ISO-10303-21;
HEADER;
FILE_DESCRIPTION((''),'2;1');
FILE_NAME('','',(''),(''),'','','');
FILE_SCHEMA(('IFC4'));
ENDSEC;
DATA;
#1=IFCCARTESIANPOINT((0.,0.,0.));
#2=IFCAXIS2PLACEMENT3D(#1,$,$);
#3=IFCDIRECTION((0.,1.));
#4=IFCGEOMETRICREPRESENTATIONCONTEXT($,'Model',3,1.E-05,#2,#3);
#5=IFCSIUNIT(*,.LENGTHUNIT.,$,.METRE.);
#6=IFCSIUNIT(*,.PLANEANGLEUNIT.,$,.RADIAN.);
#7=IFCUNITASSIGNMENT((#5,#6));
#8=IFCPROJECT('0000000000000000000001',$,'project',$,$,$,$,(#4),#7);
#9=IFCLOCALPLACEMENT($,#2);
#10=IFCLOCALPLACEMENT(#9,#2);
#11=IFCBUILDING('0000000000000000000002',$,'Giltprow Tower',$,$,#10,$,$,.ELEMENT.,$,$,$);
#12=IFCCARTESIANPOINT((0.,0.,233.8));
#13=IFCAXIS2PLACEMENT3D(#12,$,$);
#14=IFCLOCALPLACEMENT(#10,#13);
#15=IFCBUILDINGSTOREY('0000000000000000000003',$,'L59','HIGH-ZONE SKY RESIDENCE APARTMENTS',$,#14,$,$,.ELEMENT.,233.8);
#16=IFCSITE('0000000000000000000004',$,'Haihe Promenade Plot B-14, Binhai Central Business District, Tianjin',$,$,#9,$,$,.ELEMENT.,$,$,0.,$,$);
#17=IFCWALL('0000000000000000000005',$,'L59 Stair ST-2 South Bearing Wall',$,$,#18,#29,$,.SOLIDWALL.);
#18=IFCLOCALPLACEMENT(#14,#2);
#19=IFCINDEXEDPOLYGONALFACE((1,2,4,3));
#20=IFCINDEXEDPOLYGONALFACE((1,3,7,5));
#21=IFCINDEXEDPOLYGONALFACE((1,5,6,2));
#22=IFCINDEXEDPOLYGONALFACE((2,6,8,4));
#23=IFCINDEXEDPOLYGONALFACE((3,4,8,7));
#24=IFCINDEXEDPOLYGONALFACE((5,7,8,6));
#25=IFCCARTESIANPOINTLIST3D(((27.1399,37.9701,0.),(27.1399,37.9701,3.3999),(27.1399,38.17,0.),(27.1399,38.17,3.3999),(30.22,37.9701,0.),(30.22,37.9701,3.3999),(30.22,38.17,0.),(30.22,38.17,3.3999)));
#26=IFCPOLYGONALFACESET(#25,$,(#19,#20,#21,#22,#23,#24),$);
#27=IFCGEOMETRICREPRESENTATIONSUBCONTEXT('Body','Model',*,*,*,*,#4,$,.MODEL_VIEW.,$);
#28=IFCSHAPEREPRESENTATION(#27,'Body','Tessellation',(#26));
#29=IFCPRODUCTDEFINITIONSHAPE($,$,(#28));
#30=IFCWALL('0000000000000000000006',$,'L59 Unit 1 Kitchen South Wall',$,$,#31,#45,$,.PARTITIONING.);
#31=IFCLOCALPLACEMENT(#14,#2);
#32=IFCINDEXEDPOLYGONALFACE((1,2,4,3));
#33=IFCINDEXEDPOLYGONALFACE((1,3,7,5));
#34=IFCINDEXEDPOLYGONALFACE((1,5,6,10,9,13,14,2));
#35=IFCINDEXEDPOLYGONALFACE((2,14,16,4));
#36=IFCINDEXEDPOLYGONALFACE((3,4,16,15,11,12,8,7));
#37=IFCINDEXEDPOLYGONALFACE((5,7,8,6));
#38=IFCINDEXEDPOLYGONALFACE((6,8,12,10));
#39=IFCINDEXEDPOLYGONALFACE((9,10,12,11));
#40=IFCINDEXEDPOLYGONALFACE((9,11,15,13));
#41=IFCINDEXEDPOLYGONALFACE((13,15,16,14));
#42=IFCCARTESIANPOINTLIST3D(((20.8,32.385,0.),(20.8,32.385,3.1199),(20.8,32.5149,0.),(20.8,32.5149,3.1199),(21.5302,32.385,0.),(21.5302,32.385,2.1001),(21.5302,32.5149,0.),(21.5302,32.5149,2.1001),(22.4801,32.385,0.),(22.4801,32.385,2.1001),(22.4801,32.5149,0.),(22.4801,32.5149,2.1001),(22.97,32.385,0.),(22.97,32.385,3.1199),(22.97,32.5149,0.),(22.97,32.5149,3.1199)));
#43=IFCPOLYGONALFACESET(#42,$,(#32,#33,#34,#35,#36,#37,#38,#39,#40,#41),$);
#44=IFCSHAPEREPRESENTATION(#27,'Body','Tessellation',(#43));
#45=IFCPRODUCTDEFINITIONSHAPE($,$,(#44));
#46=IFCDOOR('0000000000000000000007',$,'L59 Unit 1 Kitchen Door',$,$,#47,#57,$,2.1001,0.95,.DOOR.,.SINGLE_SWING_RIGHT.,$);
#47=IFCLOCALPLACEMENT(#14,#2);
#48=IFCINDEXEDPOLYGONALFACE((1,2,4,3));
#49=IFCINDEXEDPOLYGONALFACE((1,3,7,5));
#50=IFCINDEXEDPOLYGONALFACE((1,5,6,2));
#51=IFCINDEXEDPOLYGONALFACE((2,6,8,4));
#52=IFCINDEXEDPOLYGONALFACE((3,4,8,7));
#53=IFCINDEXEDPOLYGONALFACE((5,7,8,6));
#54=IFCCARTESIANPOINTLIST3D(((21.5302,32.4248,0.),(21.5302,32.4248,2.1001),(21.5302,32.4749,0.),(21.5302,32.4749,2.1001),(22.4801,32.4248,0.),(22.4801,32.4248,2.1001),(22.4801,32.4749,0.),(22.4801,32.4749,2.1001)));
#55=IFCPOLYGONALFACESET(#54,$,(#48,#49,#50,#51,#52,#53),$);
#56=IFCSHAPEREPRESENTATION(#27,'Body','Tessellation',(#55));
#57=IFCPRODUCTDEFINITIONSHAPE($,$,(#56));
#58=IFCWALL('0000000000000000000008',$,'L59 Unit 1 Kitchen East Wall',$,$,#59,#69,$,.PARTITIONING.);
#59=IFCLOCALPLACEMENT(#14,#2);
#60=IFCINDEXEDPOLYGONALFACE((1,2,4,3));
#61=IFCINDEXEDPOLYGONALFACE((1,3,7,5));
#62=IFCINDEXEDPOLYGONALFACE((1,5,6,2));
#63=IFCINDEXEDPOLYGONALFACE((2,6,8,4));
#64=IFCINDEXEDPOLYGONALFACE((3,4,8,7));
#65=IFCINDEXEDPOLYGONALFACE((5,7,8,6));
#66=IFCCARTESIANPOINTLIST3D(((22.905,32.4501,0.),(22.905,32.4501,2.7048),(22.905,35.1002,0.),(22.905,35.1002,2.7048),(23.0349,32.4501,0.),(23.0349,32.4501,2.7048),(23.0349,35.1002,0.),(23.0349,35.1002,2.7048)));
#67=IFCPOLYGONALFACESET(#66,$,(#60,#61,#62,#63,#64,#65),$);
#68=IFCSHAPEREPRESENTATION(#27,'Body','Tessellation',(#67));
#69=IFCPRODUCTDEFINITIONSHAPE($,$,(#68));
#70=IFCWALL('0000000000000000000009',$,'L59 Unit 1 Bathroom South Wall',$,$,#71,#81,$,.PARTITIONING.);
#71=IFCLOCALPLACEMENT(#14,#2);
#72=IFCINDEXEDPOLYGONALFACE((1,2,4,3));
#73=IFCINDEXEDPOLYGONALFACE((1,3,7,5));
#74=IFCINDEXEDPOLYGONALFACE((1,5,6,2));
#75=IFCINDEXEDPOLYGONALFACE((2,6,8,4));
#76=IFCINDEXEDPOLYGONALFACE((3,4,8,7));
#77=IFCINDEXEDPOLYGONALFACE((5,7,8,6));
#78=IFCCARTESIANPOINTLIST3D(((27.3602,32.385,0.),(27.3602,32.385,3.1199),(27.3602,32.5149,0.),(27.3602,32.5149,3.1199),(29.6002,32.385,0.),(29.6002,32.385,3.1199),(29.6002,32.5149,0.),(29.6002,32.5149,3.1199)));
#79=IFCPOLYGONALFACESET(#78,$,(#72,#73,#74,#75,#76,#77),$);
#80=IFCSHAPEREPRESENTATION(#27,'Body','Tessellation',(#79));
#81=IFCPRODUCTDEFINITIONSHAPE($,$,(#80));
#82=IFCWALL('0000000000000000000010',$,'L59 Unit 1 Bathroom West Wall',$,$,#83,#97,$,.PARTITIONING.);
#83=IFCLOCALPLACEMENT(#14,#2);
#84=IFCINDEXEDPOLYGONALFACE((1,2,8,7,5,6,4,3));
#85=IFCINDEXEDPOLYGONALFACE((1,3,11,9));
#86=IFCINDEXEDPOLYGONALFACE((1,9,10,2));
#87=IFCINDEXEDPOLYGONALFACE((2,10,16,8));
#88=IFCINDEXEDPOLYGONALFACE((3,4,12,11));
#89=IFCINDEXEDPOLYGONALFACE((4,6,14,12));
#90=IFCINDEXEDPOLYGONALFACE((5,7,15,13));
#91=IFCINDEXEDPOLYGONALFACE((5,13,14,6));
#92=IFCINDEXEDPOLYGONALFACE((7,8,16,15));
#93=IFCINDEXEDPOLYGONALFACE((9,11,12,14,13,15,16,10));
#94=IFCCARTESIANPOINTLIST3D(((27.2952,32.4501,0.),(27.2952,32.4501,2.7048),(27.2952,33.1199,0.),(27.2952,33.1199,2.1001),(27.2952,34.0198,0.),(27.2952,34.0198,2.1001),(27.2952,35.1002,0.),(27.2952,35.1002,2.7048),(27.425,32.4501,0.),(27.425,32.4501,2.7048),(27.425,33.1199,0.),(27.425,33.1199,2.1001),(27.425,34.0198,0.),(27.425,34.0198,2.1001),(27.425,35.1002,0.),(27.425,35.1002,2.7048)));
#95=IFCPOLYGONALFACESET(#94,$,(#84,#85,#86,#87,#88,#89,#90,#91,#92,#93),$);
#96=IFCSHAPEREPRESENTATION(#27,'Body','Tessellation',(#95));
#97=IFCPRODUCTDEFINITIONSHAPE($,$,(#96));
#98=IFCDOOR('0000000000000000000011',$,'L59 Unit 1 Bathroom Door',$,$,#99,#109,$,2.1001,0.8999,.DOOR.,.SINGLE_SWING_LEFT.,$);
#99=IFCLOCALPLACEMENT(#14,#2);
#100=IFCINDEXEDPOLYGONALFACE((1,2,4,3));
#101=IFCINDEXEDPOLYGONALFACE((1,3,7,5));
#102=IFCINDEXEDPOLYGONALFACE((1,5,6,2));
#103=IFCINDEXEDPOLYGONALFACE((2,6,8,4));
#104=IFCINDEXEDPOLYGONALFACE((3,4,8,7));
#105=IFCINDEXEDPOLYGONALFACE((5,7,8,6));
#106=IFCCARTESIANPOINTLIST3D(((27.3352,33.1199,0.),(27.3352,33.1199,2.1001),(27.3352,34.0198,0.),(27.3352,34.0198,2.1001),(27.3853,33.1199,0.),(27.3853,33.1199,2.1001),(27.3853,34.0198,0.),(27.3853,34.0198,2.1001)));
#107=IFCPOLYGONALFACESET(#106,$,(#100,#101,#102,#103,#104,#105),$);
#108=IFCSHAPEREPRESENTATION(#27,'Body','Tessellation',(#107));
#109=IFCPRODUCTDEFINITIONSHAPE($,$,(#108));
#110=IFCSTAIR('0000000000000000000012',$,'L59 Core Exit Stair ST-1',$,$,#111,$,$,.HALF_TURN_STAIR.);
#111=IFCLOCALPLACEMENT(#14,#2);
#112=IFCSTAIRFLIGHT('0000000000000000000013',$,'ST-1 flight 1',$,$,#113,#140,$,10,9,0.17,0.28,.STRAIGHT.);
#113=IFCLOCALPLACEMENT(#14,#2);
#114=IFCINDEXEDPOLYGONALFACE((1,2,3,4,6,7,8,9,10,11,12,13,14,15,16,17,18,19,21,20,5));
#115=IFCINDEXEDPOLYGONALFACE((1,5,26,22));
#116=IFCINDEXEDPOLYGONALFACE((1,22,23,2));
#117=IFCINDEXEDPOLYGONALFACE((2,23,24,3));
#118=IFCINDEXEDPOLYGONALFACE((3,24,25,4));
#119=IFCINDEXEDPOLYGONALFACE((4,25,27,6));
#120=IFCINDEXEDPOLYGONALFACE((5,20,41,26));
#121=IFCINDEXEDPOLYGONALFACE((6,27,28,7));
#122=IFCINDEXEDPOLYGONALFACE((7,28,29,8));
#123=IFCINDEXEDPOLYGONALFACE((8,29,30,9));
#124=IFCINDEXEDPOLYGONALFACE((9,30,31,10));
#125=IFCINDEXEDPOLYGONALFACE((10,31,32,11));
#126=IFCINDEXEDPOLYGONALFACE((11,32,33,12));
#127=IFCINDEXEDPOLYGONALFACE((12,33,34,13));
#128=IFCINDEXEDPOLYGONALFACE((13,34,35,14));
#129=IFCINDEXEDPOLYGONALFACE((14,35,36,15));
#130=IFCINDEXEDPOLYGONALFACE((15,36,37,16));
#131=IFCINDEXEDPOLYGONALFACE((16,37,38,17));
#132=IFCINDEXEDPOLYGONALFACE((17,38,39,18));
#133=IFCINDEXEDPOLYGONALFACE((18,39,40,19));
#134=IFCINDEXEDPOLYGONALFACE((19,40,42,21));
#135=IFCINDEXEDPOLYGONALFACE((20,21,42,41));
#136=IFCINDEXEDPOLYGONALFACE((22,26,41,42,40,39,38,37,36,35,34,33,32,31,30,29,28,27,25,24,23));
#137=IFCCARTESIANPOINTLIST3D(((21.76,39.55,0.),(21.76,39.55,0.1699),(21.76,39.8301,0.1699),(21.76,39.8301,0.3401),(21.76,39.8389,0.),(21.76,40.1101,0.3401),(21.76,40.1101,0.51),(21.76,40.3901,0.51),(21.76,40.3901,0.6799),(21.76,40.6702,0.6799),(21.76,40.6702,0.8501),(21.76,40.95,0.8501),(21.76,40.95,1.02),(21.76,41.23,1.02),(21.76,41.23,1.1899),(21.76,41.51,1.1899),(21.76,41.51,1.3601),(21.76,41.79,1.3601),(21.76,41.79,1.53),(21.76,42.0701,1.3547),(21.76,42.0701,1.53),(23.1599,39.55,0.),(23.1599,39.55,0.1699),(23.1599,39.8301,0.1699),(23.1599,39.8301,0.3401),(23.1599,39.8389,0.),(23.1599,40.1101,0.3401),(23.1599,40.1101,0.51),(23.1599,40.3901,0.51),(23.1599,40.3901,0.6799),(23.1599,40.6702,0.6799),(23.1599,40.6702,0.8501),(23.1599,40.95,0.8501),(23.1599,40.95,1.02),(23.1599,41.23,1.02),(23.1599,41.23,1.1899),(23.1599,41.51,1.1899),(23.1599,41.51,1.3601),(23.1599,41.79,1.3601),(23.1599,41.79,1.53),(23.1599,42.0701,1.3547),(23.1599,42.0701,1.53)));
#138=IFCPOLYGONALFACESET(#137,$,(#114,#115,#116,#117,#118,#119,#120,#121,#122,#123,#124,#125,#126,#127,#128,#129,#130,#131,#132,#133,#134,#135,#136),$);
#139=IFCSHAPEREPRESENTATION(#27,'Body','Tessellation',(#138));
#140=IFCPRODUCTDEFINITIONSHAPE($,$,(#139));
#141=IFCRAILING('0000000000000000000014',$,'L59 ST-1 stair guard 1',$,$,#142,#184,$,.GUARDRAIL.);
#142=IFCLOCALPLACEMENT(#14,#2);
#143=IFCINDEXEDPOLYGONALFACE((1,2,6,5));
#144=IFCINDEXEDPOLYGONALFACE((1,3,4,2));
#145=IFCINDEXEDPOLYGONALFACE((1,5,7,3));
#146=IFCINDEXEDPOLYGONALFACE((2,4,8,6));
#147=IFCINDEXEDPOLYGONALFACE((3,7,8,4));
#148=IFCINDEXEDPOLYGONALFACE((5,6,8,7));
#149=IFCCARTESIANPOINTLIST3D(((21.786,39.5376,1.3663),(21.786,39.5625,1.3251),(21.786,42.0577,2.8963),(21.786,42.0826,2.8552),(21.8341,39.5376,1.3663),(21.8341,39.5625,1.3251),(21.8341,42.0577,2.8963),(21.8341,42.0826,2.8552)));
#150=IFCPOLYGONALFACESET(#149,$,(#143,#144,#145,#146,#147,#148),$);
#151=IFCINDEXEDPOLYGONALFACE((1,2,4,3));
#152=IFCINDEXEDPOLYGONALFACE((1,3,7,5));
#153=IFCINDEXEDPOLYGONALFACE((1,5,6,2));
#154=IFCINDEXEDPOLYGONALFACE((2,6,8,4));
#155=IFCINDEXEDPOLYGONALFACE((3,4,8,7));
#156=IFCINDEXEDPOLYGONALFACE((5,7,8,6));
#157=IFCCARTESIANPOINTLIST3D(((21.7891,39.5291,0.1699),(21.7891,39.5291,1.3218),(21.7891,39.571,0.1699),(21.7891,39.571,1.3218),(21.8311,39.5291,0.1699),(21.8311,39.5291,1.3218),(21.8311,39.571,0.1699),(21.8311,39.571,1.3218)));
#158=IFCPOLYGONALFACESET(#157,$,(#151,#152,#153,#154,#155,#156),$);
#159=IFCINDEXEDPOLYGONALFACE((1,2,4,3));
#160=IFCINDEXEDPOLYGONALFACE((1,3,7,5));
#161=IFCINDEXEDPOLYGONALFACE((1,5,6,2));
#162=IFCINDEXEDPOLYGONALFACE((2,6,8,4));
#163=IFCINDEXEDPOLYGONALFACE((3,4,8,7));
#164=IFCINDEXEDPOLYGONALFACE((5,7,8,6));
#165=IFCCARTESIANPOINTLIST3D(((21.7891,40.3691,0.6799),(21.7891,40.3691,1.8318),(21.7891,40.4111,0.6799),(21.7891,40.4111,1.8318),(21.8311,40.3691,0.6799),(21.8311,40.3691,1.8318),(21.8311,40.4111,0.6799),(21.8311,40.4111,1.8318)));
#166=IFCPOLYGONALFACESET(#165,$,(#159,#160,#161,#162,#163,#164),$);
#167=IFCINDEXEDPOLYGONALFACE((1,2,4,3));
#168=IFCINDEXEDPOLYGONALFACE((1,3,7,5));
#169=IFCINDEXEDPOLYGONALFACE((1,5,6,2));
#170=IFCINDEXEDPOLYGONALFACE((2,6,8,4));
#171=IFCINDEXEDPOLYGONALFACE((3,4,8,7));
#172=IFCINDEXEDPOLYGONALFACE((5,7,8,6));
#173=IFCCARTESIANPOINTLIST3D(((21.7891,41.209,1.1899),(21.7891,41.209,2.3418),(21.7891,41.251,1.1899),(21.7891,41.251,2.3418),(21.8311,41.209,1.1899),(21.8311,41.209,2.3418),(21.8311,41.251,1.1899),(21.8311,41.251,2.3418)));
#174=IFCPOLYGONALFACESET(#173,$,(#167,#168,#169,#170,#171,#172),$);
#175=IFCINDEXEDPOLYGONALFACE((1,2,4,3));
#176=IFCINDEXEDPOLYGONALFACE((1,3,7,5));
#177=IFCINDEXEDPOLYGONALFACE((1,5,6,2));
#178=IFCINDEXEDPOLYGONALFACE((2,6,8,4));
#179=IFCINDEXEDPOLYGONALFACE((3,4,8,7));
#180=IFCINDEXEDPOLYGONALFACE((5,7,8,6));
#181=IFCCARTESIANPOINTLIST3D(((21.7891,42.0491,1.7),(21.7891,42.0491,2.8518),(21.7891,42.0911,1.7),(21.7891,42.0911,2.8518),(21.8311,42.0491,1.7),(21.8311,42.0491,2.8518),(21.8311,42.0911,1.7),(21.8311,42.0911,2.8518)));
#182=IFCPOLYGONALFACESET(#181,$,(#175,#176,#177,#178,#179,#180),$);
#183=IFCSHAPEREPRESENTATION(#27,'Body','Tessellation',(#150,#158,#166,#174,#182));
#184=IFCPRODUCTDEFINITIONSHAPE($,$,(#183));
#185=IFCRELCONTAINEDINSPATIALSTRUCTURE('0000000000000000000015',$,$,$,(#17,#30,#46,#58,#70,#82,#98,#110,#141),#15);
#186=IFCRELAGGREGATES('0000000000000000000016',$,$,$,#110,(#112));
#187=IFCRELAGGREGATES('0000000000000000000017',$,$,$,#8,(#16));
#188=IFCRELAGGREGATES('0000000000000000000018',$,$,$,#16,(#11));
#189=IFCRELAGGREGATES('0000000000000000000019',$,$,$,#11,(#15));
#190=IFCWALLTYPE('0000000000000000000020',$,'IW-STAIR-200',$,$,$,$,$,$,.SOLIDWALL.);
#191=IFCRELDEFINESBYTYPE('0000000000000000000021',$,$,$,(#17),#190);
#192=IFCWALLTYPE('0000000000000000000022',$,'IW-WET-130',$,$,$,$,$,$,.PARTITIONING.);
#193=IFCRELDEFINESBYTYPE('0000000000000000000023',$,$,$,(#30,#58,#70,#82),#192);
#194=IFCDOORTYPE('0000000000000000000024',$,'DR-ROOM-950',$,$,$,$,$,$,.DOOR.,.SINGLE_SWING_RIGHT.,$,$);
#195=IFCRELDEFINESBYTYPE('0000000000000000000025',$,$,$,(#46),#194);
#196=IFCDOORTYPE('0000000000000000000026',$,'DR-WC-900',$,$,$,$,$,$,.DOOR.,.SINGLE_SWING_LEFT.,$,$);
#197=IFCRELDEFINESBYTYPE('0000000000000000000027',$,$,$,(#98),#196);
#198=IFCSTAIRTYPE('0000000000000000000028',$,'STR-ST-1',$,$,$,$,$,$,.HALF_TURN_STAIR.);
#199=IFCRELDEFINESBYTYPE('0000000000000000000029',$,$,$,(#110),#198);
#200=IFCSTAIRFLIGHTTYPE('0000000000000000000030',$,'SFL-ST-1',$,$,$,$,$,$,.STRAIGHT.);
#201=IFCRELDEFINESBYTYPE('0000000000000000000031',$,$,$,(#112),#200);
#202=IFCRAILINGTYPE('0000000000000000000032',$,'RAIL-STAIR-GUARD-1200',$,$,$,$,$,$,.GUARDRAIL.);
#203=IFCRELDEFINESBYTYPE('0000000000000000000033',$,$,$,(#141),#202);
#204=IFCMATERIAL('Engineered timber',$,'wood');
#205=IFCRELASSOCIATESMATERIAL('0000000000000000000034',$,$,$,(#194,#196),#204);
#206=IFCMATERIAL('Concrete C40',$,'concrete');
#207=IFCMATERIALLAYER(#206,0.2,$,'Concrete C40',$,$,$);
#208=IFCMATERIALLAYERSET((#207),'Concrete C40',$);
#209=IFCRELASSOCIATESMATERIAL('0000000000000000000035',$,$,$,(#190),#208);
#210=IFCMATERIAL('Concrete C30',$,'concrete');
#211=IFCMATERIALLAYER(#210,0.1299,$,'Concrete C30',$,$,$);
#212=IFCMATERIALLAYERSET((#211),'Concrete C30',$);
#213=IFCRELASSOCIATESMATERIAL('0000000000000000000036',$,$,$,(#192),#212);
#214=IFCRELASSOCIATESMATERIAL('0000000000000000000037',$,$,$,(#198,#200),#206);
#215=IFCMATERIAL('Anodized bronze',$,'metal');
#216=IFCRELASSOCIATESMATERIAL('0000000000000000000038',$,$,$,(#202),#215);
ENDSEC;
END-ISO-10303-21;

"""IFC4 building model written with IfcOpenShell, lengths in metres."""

from ifc_helpers import new_model, si_unit, direction, frame, frame_2d, origin, origin_2d, place, context, subcontext, project, spatial, polyline, rectangle, outline, extrude, source, transform, mapped, material, layer, layer_set, type_object, element, fill, aggregate, save


model = new_model("IFC4")

# Units and contexts
model_context = context("Model", 3, precision=1e-05, world=origin(), true_north=direction((0.0, 1.0)))
body_context = subcontext(model_context, "Body", "Model", "MODEL_VIEW")
ifc_project = project(units=[si_unit("LENGTHUNIT", "METRE"), si_unit("PLANEANGLEUNIT", "RADIAN")], contexts=[model_context])

# Site, building, storey
site_placement = place(None, origin())
site = spatial("IfcSite", under=ifc_project, at=site_placement, Name="Haihe Promenade Plot B-14, Binhai Central Business District, Tianjin", CompositionType="ELEMENT", RefElevation=0.0)
building_placement = place(site_placement, origin())
building = spatial("IfcBuilding", under=site, at=building_placement, Name="Giltprow Tower", CompositionType="ELEMENT")
storey_placement = place(building_placement, frame((0.0, 0.0, 233.8)))
storey = spatial("IfcBuildingStorey", under=building, at=storey_placement, Name="L59", Description="HIGH-ZONE SKY RESIDENCE APARTMENTS", CompositionType="ELEMENT", Elevation=233.8)

# Shared definitions
ifc_material_1 = material(Name="Engineered timber", Category="wood")
door_type_1 = type_object("IfcDoorType", Name="DR-ROOM-950", OperationType="SINGLE_SWING_RIGHT", PredefinedType="DOOR", material=ifc_material_1)
shared_shape_1 = source(origin(), body_context, "Body", "SweptSolid", [
    extrude(rectangle(XDim=0.95, YDim=2.1001, at=frame_2d((0.4751, 1.05))), frame((0.0, 0.0249, 0.0), z_axis=(0.0, -1.0, 0.0), x_axis=(1.0, 0.0, 0.0)), (0.0, 0.0, 1.0), 0.05),
])
ifc_material_2 = material(Name="Concrete C40", Category="concrete")
ifc_layer_1 = layer(ifc_material_2, 0.2, Name="Concrete C40")
ifc_layer_set_1 = layer_set([ifc_layer_1], Name="Concrete C40")
wall_type_1 = type_object("IfcWallType", Name="IW-STAIR-200", PredefinedType="SOLIDWALL", material=ifc_layer_set_1)

# Wall
wall_1_placement = place(storey_placement, frame((27.1399, 38.0701, 0.0), z_axis=(0.0, 0.0, 1.0), x_axis=(1.0, 0.0, 0.0)))
element("IfcWall", 1, at=wall_1_placement, inside=storey, type_object=wall_type_1, Name="L59 Stair ST-2 South Bearing Wall", PredefinedType="SOLIDWALL", context=body_context, shape_type="SweptSolid", body=[
    extrude(rectangle(XDim=3.0801, YDim=0.2, at=frame_2d((1.54, 0.0))), origin(), (0.0, 0.0, 1.0), 3.3999),
])

# Wall, opening, door
ifc_material_3 = material(Name="Concrete C30", Category="concrete")
ifc_layer_2 = layer(ifc_material_3, 0.1299, Name="Concrete C30")
ifc_layer_set_2 = layer_set([ifc_layer_2], Name="Concrete C30")
wall_type_2 = type_object("IfcWallType", Name="IW-WET-130", PredefinedType="PARTITIONING", material=ifc_layer_set_2)
wall_2_placement = place(storey_placement, frame((20.8, 32.45, 0.0), z_axis=(0.0, 0.0, 1.0), x_axis=(1.0, 0.0, 0.0)))
wall_2 = element("IfcWall", 2, at=wall_2_placement, inside=storey, type_object=wall_type_2, Name="L59 Unit 1 Kitchen South Wall", PredefinedType="PARTITIONING", context=body_context, shape_type="SweptSolid", body=[
    extrude(rectangle(XDim=2.1699, YDim=0.1299, at=frame_2d((1.085, 0.0))), origin(), (0.0, 0.0, 1.0), 3.1199),
])
opening_1_placement = place(wall_2_placement, frame((0.73, 0.0, 0.0)))
opening_1 = element("IfcOpeningElement", 3, at=opening_1_placement, cuts=wall_2, PredefinedType="OPENING", context=body_context, shape_type="SweptSolid", body=[
    extrude(rectangle(XDim=0.95, YDim=2.1001, at=frame_2d((0.4751, 1.05))), frame((0.0, 0.075, 0.0), z_axis=(0.0, -1.0, 0.0), x_axis=(1.0, 0.0, 0.0)), (0.0, 0.0, 1.0), 0.1499),
])
door_1_placement = place(opening_1_placement, origin())
door_1 = element("IfcDoor", 4, at=door_1_placement, inside=storey, type_object=door_type_1, Name="L59 Unit 1 Kitchen Door", OperationType="SINGLE_SWING_RIGHT", OverallHeight=2.1001, OverallWidth=0.95, PredefinedType="DOOR", context=body_context, shape_type="MappedRepresentation", body=[
    mapped(shared_shape_1, transform((0.0, 0.0, 0.0), x_axis=(1.0, 0.0, 0.0), y_axis=(0.0, 1.0, 0.0), z_axis=(0.0, 0.0, 1.0), scale=1.0)),
])
fill(opening_1, door_1)

# Walls
wall_3_placement = place(storey_placement, frame((22.97, 32.45, 0.0), z_axis=(0.0, 0.0, 1.0), x_axis=(0.0, 1.0, 0.0)))
element("IfcWall", 5, at=wall_3_placement, inside=storey, type_object=wall_type_2, Name="L59 Unit 1 Kitchen East Wall", PredefinedType="PARTITIONING", context=body_context, shape_type="SweptSolid", body=[
    extrude(rectangle(XDim=2.6501, YDim=0.1299, at=frame_2d((1.3252, 0.0))), origin(), (0.0, 0.0, 1.0), 2.7048),
])
wall_4_placement = place(storey_placement, frame((27.3601, 32.45, 0.0), z_axis=(0.0, 0.0, 1.0), x_axis=(1.0, 0.0, 0.0)))
element("IfcWall", 6, at=wall_4_placement, inside=storey, type_object=wall_type_2, Name="L59 Unit 1 Bathroom South Wall", PredefinedType="PARTITIONING", context=body_context, shape_type="SweptSolid", body=[
    extrude(rectangle(XDim=2.24, YDim=0.1299, at=frame_2d((1.1201, 0.0))), origin(), (0.0, 0.0, 1.0), 3.1199),
])

# Wall, opening, door
wall_5_placement = place(storey_placement, frame((27.3601, 32.45, 0.0), z_axis=(0.0, 0.0, 1.0), x_axis=(0.0, 1.0, 0.0)))
wall_5 = element("IfcWall", 7, at=wall_5_placement, inside=storey, type_object=wall_type_2, Name="L59 Unit 1 Bathroom West Wall", PredefinedType="PARTITIONING", context=body_context, shape_type="SweptSolid", body=[
    extrude(rectangle(XDim=2.6501, YDim=0.1299, at=frame_2d((1.3252, 0.0))), origin(), (0.0, 0.0, 1.0), 2.7048),
])
opening_2_placement = place(wall_5_placement, frame((0.6699, 0.0, 0.0)))
opening_2 = element("IfcOpeningElement", 8, at=opening_2_placement, cuts=wall_5, PredefinedType="OPENING", context=body_context, shape_type="SweptSolid", body=[
    extrude(rectangle(XDim=0.8999, YDim=2.1001, at=frame_2d((0.45, 1.05))), frame((0.0, 0.075, 0.0), z_axis=(0.0, -1.0, 0.0), x_axis=(1.0, 0.0, 0.0)), (0.0, 0.0, 1.0), 0.1499),
])
door_type_2 = type_object("IfcDoorType", Name="DR-WC-900", OperationType="SINGLE_SWING_LEFT", PredefinedType="DOOR", material=ifc_material_1)
shared_shape_2 = source(origin(), body_context, "Body", "SweptSolid", [
    extrude(rectangle(XDim=0.8999, YDim=2.1001, at=frame_2d((0.45, 1.05))), frame((0.0, 0.0249, 0.0), z_axis=(0.0, -1.0, 0.0), x_axis=(1.0, 0.0, 0.0)), (0.0, 0.0, 1.0), 0.05),
])
door_2_placement = place(opening_2_placement, origin())
door_2 = element("IfcDoor", 9, at=door_2_placement, inside=storey, type_object=door_type_2, Name="L59 Unit 1 Bathroom Door", OperationType="SINGLE_SWING_LEFT", OverallHeight=2.1001, OverallWidth=0.8999, PredefinedType="DOOR", context=body_context, shape_type="MappedRepresentation", body=[
    mapped(shared_shape_2, transform((0.0, 0.0, 0.0), x_axis=(1.0, 0.0, 0.0), y_axis=(0.0, 1.0, 0.0), z_axis=(0.0, 0.0, 1.0), scale=1.0)),
])
fill(opening_2, door_2)

# Stair, stair flight
stair_type = type_object("IfcStairType", Name="STR-ST-1", PredefinedType="HALF_TURN_STAIR", material=ifc_material_2)
stair_placement = place(storey_placement, origin())
stair = element("IfcStair", 10, at=stair_placement, inside=storey, type_object=stair_type, Name="L59 Core Exit Stair ST-1", PredefinedType="HALF_TURN_STAIR")
stair_flight_type = type_object("IfcStairFlightType", Name="SFL-ST-1", PredefinedType="STRAIGHT", material=ifc_material_2)
stair_flight_placement = place(storey_placement, frame((22.46, 39.55, 0.0), z_axis=(0.0, 0.0, 1.0), x_axis=(0.0, 1.0, 0.0)))
stair_flight = element("IfcStairFlight", 11, at=stair_flight_placement, type_object=stair_flight_type, Name="ST-1 flight 1", NumberOfRisers=10, NumberOfTreads=9, PredefinedType="STRAIGHT", RiserHeight=0.17, TreadLength=0.28, context=body_context, shape_type="SweptSolid", body=[
    extrude(outline(polyline([(0.0, 0.0), (0.0, 0.1699), (0.28, 0.1699), (0.28, 0.3401), (0.5601, 0.3401), (0.5601, 0.51), (0.8401, 0.51), (0.8401, 0.6799), (1.1201, 0.6799), (1.1201, 0.8501), (1.3999, 0.8501), (1.3999, 1.02), (1.6799, 1.02), (1.6799, 1.1899), (1.96, 1.1899), (1.96, 1.3601), (2.24, 1.3601), (2.24, 1.53), (2.52, 1.53), (2.52, 1.7), (2.52, 1.3547), (0.2888, 0.0), (0.0, 0.0)])), frame((0.0, 0.7, 0.0), z_axis=(0.0, -1.0, 0.0), x_axis=(1.0, 0.0, 0.0)), (0.0, 0.0, 1.0), 1.3999),
])
aggregate(stair, [stair_flight])

# Railing
ifc_material_4 = material(Name="Anodized bronze", Category="metal")
railing_type = type_object("IfcRailingType", Name="RAIL-STAIR-GUARD-1200", PredefinedType="GUARDRAIL", material=ifc_material_4)
railing_placement = place(storey_placement, frame((21.8101, 39.55, 0.1699)))
element("IfcRailing", 12, at=railing_placement, inside=storey, type_object=railing_type, Name="L59 ST-1 stair guard 1", PredefinedType="GUARDRAIL", context=body_context, shape_type="SweptSolid", body=[
    extrude(rectangle(XDim=0.0481, YDim=0.0481, at=origin_2d()), frame((0.0, 0.0, 1.1758), z_axis=(0.0, 0.854785, 0.518982), x_axis=(-1.0, 0.0, 0.0)), (0.0, 0.0, 1.0), 2.9482),
    extrude(rectangle(XDim=0.042, YDim=0.042, at=origin_2d()), origin(), (0.0, 0.0, 1.0), 1.1519),
    extrude(rectangle(XDim=0.042, YDim=0.042, at=origin_2d()), frame((0.0, 0.8401, 0.51)), (0.0, 0.0, 1.0), 1.1519),
    extrude(rectangle(XDim=0.042, YDim=0.042, at=origin_2d()), frame((0.0, 1.6799, 1.02)), (0.0, 0.0, 1.0), 1.1519),
    extrude(rectangle(XDim=0.042, YDim=0.042, at=origin_2d()), frame((0.0, 2.52, 1.53)), (0.0, 0.0, 1.0), 1.1519),
])

save(model, "model.ifc")
